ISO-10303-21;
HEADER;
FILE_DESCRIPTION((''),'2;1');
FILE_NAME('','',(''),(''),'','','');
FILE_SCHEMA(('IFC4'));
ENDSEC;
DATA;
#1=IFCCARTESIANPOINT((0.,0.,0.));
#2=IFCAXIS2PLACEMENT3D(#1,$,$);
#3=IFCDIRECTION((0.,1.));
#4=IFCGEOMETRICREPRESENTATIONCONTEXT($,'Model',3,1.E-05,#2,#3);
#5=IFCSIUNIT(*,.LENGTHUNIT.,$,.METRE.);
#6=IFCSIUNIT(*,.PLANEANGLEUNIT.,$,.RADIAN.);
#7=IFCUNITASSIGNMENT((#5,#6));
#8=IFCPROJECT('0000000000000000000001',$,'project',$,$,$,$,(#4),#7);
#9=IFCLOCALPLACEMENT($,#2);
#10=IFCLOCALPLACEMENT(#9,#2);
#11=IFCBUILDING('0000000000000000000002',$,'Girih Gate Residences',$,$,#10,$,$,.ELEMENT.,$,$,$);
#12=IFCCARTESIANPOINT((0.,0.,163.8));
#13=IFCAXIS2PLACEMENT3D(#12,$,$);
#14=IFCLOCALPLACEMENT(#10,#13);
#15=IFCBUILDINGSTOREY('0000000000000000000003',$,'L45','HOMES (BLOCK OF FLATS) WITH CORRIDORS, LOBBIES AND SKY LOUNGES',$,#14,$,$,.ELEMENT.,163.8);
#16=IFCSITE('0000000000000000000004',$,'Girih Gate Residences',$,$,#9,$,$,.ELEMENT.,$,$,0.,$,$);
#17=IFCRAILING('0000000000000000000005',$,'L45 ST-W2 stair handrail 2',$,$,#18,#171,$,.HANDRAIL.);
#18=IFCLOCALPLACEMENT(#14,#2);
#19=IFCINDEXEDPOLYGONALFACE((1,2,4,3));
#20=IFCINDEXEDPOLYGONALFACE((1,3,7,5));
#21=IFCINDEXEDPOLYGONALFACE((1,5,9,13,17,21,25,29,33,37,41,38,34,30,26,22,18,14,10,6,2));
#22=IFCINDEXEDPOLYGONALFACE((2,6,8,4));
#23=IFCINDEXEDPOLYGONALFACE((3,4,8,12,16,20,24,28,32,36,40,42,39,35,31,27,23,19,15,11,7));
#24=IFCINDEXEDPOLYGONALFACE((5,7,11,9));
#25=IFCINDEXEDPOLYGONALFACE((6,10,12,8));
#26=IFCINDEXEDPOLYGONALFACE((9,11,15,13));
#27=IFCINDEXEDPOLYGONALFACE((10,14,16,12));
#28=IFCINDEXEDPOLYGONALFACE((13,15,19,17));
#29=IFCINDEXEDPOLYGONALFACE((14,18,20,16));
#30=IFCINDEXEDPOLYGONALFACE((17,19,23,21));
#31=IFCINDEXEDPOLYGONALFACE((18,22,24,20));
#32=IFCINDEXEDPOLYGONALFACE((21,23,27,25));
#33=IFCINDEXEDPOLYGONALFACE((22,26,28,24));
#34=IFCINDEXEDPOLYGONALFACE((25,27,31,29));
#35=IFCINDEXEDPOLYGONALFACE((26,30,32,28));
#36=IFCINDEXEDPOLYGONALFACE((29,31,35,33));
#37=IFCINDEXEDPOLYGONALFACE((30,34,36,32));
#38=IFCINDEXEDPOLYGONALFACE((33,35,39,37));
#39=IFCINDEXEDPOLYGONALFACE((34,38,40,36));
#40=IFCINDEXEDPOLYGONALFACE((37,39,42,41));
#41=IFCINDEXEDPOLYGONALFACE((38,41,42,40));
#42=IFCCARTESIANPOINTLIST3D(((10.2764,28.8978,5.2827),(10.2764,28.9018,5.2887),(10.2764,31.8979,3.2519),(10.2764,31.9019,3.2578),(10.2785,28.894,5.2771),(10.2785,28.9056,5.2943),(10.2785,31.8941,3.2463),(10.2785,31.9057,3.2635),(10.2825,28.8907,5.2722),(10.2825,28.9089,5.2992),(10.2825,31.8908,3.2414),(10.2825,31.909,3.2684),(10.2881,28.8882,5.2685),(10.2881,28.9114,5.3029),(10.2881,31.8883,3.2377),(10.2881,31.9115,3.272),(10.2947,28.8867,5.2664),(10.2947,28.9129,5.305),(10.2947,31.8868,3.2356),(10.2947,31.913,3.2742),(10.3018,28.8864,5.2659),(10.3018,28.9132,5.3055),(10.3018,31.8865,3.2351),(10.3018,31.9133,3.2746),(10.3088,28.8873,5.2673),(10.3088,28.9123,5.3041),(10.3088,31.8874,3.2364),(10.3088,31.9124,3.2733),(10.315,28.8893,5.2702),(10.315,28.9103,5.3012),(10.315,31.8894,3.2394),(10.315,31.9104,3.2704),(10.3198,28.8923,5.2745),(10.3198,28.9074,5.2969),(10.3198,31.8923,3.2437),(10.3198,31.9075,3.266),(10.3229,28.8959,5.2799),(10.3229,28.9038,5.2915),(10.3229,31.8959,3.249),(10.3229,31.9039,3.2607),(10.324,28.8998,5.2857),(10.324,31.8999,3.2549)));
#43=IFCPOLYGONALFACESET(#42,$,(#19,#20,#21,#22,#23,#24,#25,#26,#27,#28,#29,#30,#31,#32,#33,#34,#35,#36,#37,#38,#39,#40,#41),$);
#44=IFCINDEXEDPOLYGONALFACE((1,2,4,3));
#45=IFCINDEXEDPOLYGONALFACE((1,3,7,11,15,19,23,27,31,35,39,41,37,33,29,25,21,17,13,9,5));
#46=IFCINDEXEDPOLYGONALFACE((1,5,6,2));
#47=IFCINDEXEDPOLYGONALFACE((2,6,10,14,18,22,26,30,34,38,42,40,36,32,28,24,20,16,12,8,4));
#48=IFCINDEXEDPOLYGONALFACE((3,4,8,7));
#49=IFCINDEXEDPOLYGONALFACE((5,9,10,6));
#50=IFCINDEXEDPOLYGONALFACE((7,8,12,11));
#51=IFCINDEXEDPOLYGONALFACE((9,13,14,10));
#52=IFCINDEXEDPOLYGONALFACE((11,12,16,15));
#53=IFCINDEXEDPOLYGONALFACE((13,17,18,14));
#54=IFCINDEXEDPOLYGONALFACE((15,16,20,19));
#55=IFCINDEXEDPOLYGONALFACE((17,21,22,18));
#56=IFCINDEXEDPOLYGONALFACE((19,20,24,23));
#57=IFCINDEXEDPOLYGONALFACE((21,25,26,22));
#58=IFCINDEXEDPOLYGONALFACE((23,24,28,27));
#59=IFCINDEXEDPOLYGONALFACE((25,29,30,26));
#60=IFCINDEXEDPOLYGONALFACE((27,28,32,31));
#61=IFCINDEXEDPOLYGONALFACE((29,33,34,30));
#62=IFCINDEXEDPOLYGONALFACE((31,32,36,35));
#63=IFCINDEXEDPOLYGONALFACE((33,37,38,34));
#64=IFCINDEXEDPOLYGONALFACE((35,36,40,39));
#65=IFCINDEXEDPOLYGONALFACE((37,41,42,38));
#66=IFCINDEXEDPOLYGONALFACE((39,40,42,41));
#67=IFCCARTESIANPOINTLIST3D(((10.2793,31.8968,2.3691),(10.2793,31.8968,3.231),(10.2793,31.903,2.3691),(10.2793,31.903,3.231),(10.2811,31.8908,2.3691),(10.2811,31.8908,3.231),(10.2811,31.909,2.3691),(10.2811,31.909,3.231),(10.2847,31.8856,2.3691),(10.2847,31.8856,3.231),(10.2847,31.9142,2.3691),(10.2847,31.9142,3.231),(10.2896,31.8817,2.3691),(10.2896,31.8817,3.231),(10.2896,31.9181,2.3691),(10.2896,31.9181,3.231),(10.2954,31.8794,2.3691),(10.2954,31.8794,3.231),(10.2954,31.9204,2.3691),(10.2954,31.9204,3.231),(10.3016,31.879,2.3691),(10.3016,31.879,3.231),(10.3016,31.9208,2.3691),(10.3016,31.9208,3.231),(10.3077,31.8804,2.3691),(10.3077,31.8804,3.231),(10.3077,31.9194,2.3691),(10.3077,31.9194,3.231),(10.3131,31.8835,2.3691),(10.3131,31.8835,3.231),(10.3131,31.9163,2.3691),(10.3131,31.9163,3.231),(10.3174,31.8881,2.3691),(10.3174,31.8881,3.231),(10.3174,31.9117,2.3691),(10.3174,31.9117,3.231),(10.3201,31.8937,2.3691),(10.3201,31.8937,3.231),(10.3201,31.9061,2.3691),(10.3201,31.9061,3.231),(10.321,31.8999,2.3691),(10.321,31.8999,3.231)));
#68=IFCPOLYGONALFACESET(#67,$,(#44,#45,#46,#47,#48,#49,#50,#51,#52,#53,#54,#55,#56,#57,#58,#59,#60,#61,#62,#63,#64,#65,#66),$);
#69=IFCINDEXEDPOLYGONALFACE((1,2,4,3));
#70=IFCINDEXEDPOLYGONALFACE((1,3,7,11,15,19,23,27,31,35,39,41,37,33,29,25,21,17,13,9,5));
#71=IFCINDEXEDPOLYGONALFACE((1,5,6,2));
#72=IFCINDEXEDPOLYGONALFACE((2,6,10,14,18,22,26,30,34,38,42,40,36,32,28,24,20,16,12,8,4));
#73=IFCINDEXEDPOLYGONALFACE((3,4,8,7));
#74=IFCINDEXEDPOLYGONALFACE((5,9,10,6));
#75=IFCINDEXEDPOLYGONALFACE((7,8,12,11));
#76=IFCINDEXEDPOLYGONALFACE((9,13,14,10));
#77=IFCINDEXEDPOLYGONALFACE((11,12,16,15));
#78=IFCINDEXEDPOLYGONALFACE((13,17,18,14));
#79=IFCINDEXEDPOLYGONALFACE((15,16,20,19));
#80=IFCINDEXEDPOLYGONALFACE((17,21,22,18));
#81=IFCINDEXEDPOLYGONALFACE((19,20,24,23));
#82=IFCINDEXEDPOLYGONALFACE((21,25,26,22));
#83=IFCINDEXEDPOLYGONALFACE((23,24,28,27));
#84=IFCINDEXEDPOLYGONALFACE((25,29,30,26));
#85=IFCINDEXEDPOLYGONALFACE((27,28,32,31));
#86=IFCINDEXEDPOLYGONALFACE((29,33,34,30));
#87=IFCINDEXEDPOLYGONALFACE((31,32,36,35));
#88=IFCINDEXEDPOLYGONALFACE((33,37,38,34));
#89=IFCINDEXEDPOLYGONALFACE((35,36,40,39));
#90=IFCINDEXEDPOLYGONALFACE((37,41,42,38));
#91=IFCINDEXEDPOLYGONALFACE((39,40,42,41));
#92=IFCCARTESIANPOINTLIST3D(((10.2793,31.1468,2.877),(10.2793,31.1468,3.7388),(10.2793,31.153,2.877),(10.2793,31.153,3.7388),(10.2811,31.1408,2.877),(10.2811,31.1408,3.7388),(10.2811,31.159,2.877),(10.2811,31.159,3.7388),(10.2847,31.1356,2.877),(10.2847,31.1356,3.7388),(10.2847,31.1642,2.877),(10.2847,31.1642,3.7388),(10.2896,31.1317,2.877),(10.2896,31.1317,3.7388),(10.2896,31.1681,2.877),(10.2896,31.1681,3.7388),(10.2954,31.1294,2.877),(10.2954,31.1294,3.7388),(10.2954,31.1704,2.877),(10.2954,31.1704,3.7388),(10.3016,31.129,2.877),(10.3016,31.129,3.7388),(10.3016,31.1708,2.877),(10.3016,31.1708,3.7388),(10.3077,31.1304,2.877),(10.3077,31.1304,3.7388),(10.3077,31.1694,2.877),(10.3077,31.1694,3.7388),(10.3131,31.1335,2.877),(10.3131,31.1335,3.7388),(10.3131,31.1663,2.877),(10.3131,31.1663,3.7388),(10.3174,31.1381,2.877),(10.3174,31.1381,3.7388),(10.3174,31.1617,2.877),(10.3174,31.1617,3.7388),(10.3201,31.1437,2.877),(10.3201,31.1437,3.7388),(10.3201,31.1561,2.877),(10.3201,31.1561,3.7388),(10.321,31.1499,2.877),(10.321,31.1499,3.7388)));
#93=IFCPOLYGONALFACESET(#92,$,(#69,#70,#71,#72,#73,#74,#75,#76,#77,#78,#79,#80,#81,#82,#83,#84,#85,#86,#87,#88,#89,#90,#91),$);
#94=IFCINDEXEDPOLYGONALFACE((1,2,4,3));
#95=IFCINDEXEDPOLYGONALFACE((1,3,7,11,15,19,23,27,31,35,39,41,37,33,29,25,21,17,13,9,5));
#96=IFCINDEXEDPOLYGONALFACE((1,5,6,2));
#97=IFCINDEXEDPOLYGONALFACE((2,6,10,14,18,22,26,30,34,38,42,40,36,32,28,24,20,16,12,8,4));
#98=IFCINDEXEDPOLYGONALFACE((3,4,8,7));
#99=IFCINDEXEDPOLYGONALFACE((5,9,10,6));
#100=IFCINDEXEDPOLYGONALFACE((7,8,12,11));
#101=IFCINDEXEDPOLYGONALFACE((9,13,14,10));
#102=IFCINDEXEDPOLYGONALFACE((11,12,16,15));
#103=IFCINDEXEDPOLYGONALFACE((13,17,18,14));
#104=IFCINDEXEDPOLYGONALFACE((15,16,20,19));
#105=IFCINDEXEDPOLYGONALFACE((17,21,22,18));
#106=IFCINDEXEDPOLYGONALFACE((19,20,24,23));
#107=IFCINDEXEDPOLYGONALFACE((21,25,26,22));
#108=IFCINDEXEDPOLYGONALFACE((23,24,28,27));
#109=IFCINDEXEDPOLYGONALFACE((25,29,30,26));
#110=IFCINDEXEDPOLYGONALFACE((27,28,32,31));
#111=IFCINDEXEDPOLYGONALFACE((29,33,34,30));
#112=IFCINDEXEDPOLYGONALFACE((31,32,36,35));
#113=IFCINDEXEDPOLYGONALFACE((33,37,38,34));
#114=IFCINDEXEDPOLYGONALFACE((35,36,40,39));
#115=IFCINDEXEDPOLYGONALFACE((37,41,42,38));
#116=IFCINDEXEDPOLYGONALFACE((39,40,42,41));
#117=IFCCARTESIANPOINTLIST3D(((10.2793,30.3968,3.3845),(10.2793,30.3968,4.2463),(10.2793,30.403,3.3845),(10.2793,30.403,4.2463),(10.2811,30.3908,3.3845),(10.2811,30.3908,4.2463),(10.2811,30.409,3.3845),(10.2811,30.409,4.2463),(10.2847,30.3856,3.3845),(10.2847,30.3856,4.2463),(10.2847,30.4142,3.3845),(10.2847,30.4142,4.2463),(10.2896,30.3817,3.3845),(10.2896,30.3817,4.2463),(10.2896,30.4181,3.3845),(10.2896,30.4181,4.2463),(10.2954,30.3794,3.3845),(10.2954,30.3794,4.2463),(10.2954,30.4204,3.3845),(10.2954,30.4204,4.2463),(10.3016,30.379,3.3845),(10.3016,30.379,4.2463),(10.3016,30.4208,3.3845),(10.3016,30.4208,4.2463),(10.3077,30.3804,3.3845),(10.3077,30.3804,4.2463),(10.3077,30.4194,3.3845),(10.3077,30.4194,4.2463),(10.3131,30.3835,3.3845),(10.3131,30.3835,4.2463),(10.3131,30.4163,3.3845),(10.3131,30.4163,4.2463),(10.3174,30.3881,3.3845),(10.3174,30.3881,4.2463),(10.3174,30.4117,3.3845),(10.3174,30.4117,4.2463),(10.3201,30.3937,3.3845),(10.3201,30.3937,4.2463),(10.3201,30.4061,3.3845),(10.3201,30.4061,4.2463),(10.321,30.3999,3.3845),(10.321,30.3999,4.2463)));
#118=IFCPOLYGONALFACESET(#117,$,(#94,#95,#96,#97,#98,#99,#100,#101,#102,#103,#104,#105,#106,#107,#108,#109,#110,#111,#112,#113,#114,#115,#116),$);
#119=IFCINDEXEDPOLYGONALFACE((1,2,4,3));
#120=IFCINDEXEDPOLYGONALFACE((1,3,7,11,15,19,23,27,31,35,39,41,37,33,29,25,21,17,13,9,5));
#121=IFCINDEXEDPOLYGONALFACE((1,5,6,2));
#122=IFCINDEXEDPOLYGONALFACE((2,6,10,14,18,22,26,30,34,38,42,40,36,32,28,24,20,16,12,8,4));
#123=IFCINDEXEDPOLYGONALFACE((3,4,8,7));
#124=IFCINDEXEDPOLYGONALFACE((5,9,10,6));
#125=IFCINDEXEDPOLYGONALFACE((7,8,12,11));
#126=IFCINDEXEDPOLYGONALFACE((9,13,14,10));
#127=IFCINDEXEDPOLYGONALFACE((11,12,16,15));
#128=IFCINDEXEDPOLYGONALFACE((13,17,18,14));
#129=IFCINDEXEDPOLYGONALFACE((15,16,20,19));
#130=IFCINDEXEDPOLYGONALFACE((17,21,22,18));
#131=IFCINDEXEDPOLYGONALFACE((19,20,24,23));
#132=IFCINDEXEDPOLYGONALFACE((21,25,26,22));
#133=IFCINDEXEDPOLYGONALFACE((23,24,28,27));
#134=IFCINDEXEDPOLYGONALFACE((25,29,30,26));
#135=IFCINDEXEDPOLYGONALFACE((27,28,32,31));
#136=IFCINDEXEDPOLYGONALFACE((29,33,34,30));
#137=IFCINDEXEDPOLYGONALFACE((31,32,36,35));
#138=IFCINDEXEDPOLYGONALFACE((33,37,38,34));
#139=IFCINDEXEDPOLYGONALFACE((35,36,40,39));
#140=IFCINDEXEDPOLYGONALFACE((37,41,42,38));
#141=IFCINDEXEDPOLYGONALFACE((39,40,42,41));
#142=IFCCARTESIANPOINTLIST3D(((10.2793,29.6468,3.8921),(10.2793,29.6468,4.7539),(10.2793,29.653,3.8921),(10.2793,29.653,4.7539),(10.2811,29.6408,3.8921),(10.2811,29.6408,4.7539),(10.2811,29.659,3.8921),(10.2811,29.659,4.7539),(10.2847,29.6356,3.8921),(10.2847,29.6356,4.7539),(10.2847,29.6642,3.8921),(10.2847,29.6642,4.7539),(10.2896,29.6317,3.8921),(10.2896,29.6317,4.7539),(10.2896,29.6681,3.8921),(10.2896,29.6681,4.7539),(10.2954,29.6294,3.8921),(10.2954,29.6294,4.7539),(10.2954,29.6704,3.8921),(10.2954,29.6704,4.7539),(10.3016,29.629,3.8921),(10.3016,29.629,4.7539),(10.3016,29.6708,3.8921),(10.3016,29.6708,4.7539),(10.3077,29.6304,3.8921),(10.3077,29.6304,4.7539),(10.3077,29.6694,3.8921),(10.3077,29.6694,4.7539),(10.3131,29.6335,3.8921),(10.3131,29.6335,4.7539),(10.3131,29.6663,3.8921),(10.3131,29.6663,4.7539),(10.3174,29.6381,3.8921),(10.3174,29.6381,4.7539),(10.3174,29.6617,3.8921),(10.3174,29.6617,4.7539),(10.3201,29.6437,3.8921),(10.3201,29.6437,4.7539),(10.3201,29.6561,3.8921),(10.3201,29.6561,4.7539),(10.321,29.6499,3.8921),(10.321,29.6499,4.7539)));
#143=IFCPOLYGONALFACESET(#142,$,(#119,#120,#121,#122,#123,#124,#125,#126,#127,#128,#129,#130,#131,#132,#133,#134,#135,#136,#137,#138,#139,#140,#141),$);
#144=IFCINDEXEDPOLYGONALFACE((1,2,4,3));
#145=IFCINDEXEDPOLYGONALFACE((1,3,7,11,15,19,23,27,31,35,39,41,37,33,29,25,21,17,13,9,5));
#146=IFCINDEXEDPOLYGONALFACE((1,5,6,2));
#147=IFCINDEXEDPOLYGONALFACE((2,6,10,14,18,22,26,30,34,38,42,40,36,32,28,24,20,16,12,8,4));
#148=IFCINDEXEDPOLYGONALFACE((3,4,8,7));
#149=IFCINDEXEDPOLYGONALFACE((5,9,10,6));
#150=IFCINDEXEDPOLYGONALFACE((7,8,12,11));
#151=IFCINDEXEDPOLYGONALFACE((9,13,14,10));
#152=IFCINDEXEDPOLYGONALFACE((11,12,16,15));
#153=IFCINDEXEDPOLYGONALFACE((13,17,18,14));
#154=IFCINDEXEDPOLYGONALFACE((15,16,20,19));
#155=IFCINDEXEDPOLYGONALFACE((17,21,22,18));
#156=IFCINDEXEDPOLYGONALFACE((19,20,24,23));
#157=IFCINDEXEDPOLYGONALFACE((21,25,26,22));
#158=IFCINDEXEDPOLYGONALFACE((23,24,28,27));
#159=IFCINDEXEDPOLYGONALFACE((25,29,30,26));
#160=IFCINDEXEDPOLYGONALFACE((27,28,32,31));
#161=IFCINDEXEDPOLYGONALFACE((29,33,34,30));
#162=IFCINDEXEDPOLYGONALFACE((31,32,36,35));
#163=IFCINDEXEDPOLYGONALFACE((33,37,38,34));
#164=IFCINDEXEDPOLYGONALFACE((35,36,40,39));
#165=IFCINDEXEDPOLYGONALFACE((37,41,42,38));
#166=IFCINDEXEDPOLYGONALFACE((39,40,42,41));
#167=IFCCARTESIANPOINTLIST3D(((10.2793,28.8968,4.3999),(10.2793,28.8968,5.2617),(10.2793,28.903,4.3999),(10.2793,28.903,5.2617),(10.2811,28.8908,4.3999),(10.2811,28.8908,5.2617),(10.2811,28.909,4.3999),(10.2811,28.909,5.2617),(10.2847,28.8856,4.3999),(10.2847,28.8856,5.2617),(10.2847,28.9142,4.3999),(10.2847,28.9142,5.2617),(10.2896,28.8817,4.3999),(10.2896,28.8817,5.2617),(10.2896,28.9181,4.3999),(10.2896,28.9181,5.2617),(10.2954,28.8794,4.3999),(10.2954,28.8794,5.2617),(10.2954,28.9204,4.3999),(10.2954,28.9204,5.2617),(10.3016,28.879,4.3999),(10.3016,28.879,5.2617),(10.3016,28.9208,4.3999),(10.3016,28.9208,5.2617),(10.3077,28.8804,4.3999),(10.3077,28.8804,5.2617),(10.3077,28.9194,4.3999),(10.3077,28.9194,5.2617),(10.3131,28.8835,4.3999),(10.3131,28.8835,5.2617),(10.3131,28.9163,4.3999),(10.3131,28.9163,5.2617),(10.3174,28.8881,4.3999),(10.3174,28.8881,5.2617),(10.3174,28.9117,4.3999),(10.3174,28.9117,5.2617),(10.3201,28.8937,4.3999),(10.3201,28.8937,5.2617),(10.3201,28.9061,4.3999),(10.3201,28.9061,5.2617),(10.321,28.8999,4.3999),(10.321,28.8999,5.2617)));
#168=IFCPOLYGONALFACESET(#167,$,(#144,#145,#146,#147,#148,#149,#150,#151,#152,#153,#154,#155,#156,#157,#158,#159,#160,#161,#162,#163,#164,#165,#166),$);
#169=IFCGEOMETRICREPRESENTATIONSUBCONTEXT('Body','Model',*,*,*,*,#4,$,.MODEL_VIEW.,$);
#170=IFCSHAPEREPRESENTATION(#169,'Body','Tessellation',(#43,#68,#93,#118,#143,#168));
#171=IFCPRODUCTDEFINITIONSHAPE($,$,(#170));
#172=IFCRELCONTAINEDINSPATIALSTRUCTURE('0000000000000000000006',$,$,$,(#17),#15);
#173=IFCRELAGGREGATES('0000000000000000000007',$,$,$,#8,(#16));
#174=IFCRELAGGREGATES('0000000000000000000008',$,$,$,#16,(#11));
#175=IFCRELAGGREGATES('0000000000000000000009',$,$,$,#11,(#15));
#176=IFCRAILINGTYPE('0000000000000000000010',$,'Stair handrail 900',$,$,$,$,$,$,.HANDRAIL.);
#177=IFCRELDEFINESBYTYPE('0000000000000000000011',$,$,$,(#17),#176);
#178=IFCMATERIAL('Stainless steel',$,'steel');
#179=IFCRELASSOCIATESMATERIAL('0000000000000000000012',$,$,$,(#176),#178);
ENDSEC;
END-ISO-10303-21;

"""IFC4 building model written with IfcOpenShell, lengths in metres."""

from ifc_helpers import new_model, si_unit, direction, frame, origin, origin_2d, place, context, subcontext, project, spatial, circle, extrude, material, type_object, element, save


model = new_model("IFC4")

# Units and contexts
model_context = context("Model", 3, precision=1e-05, world=origin(), true_north=direction((0.0, 1.0)))
body_context = subcontext(model_context, "Body", "Model", "MODEL_VIEW")
ifc_project = project(units=[si_unit("LENGTHUNIT", "METRE"), si_unit("PLANEANGLEUNIT", "RADIAN")], contexts=[model_context])

# Site, building, storey
site_placement = place(None, origin())
site = spatial("IfcSite", under=ifc_project, at=site_placement, Name="Girih Gate Residences", CompositionType="ELEMENT", RefElevation=0.0)
building_placement = place(site_placement, origin())
building = spatial("IfcBuilding", under=site, at=building_placement, Name="Girih Gate Residences", CompositionType="ELEMENT")
storey_placement = place(building_placement, frame((0.0, 0.0, 163.8)))
storey = spatial("IfcBuildingStorey", under=building, at=storey_placement, Name="L45", Description="HOMES (BLOCK OF FLATS) WITH CORRIDORS, LOBBIES AND SKY LOUNGES", CompositionType="ELEMENT", Elevation=163.8)

# Railing
ifc_material_1 = material(Name="Stainless steel", Category="steel")
railing_type_1 = type_object("IfcRailingType", Name="Stair handrail 900", PredefinedType="HANDRAIL", material=ifc_material_1)
railing_1_placement = place(storey_placement, frame((10.3, 31.8999, 2.3691)))
element("IfcRailing", 1, at=railing_1_placement, inside=storey, type_object=railing_type_1, Name="L45 ST-W2 stair handrail 2", PredefinedType="HANDRAIL", context=body_context, shape_type="SweptSolid", body=[
    extrude(circle(Radius=0.0239, at=origin_2d()), frame((0.0, 0.0, 0.8857), z_axis=(0.0, -0.82811, 0.560565), x_axis=(1.0, 0.0, 0.0)), (0.0, 0.0, 1.0), 3.6228),
    extrude(circle(Radius=0.021, at=origin_2d()), origin(), (0.0, 0.0, 1.0), 0.8618),
    extrude(circle(Radius=0.021, at=origin_2d()), frame((0.0, -0.75, 0.5078)), (0.0, 0.0, 1.0), 0.8618),
    extrude(circle(Radius=0.021, at=origin_2d()), frame((0.0, -1.5, 1.0154)), (0.0, 0.0, 1.0), 0.8618),
    extrude(circle(Radius=0.021, at=origin_2d()), frame((0.0, -2.25, 1.5229)), (0.0, 0.0, 1.0), 0.8618),
    extrude(circle(Radius=0.021, at=origin_2d()), frame((0.0, -3.0, 2.0308)), (0.0, 0.0, 1.0), 0.8618),
])

save(model, "model.ifc")
